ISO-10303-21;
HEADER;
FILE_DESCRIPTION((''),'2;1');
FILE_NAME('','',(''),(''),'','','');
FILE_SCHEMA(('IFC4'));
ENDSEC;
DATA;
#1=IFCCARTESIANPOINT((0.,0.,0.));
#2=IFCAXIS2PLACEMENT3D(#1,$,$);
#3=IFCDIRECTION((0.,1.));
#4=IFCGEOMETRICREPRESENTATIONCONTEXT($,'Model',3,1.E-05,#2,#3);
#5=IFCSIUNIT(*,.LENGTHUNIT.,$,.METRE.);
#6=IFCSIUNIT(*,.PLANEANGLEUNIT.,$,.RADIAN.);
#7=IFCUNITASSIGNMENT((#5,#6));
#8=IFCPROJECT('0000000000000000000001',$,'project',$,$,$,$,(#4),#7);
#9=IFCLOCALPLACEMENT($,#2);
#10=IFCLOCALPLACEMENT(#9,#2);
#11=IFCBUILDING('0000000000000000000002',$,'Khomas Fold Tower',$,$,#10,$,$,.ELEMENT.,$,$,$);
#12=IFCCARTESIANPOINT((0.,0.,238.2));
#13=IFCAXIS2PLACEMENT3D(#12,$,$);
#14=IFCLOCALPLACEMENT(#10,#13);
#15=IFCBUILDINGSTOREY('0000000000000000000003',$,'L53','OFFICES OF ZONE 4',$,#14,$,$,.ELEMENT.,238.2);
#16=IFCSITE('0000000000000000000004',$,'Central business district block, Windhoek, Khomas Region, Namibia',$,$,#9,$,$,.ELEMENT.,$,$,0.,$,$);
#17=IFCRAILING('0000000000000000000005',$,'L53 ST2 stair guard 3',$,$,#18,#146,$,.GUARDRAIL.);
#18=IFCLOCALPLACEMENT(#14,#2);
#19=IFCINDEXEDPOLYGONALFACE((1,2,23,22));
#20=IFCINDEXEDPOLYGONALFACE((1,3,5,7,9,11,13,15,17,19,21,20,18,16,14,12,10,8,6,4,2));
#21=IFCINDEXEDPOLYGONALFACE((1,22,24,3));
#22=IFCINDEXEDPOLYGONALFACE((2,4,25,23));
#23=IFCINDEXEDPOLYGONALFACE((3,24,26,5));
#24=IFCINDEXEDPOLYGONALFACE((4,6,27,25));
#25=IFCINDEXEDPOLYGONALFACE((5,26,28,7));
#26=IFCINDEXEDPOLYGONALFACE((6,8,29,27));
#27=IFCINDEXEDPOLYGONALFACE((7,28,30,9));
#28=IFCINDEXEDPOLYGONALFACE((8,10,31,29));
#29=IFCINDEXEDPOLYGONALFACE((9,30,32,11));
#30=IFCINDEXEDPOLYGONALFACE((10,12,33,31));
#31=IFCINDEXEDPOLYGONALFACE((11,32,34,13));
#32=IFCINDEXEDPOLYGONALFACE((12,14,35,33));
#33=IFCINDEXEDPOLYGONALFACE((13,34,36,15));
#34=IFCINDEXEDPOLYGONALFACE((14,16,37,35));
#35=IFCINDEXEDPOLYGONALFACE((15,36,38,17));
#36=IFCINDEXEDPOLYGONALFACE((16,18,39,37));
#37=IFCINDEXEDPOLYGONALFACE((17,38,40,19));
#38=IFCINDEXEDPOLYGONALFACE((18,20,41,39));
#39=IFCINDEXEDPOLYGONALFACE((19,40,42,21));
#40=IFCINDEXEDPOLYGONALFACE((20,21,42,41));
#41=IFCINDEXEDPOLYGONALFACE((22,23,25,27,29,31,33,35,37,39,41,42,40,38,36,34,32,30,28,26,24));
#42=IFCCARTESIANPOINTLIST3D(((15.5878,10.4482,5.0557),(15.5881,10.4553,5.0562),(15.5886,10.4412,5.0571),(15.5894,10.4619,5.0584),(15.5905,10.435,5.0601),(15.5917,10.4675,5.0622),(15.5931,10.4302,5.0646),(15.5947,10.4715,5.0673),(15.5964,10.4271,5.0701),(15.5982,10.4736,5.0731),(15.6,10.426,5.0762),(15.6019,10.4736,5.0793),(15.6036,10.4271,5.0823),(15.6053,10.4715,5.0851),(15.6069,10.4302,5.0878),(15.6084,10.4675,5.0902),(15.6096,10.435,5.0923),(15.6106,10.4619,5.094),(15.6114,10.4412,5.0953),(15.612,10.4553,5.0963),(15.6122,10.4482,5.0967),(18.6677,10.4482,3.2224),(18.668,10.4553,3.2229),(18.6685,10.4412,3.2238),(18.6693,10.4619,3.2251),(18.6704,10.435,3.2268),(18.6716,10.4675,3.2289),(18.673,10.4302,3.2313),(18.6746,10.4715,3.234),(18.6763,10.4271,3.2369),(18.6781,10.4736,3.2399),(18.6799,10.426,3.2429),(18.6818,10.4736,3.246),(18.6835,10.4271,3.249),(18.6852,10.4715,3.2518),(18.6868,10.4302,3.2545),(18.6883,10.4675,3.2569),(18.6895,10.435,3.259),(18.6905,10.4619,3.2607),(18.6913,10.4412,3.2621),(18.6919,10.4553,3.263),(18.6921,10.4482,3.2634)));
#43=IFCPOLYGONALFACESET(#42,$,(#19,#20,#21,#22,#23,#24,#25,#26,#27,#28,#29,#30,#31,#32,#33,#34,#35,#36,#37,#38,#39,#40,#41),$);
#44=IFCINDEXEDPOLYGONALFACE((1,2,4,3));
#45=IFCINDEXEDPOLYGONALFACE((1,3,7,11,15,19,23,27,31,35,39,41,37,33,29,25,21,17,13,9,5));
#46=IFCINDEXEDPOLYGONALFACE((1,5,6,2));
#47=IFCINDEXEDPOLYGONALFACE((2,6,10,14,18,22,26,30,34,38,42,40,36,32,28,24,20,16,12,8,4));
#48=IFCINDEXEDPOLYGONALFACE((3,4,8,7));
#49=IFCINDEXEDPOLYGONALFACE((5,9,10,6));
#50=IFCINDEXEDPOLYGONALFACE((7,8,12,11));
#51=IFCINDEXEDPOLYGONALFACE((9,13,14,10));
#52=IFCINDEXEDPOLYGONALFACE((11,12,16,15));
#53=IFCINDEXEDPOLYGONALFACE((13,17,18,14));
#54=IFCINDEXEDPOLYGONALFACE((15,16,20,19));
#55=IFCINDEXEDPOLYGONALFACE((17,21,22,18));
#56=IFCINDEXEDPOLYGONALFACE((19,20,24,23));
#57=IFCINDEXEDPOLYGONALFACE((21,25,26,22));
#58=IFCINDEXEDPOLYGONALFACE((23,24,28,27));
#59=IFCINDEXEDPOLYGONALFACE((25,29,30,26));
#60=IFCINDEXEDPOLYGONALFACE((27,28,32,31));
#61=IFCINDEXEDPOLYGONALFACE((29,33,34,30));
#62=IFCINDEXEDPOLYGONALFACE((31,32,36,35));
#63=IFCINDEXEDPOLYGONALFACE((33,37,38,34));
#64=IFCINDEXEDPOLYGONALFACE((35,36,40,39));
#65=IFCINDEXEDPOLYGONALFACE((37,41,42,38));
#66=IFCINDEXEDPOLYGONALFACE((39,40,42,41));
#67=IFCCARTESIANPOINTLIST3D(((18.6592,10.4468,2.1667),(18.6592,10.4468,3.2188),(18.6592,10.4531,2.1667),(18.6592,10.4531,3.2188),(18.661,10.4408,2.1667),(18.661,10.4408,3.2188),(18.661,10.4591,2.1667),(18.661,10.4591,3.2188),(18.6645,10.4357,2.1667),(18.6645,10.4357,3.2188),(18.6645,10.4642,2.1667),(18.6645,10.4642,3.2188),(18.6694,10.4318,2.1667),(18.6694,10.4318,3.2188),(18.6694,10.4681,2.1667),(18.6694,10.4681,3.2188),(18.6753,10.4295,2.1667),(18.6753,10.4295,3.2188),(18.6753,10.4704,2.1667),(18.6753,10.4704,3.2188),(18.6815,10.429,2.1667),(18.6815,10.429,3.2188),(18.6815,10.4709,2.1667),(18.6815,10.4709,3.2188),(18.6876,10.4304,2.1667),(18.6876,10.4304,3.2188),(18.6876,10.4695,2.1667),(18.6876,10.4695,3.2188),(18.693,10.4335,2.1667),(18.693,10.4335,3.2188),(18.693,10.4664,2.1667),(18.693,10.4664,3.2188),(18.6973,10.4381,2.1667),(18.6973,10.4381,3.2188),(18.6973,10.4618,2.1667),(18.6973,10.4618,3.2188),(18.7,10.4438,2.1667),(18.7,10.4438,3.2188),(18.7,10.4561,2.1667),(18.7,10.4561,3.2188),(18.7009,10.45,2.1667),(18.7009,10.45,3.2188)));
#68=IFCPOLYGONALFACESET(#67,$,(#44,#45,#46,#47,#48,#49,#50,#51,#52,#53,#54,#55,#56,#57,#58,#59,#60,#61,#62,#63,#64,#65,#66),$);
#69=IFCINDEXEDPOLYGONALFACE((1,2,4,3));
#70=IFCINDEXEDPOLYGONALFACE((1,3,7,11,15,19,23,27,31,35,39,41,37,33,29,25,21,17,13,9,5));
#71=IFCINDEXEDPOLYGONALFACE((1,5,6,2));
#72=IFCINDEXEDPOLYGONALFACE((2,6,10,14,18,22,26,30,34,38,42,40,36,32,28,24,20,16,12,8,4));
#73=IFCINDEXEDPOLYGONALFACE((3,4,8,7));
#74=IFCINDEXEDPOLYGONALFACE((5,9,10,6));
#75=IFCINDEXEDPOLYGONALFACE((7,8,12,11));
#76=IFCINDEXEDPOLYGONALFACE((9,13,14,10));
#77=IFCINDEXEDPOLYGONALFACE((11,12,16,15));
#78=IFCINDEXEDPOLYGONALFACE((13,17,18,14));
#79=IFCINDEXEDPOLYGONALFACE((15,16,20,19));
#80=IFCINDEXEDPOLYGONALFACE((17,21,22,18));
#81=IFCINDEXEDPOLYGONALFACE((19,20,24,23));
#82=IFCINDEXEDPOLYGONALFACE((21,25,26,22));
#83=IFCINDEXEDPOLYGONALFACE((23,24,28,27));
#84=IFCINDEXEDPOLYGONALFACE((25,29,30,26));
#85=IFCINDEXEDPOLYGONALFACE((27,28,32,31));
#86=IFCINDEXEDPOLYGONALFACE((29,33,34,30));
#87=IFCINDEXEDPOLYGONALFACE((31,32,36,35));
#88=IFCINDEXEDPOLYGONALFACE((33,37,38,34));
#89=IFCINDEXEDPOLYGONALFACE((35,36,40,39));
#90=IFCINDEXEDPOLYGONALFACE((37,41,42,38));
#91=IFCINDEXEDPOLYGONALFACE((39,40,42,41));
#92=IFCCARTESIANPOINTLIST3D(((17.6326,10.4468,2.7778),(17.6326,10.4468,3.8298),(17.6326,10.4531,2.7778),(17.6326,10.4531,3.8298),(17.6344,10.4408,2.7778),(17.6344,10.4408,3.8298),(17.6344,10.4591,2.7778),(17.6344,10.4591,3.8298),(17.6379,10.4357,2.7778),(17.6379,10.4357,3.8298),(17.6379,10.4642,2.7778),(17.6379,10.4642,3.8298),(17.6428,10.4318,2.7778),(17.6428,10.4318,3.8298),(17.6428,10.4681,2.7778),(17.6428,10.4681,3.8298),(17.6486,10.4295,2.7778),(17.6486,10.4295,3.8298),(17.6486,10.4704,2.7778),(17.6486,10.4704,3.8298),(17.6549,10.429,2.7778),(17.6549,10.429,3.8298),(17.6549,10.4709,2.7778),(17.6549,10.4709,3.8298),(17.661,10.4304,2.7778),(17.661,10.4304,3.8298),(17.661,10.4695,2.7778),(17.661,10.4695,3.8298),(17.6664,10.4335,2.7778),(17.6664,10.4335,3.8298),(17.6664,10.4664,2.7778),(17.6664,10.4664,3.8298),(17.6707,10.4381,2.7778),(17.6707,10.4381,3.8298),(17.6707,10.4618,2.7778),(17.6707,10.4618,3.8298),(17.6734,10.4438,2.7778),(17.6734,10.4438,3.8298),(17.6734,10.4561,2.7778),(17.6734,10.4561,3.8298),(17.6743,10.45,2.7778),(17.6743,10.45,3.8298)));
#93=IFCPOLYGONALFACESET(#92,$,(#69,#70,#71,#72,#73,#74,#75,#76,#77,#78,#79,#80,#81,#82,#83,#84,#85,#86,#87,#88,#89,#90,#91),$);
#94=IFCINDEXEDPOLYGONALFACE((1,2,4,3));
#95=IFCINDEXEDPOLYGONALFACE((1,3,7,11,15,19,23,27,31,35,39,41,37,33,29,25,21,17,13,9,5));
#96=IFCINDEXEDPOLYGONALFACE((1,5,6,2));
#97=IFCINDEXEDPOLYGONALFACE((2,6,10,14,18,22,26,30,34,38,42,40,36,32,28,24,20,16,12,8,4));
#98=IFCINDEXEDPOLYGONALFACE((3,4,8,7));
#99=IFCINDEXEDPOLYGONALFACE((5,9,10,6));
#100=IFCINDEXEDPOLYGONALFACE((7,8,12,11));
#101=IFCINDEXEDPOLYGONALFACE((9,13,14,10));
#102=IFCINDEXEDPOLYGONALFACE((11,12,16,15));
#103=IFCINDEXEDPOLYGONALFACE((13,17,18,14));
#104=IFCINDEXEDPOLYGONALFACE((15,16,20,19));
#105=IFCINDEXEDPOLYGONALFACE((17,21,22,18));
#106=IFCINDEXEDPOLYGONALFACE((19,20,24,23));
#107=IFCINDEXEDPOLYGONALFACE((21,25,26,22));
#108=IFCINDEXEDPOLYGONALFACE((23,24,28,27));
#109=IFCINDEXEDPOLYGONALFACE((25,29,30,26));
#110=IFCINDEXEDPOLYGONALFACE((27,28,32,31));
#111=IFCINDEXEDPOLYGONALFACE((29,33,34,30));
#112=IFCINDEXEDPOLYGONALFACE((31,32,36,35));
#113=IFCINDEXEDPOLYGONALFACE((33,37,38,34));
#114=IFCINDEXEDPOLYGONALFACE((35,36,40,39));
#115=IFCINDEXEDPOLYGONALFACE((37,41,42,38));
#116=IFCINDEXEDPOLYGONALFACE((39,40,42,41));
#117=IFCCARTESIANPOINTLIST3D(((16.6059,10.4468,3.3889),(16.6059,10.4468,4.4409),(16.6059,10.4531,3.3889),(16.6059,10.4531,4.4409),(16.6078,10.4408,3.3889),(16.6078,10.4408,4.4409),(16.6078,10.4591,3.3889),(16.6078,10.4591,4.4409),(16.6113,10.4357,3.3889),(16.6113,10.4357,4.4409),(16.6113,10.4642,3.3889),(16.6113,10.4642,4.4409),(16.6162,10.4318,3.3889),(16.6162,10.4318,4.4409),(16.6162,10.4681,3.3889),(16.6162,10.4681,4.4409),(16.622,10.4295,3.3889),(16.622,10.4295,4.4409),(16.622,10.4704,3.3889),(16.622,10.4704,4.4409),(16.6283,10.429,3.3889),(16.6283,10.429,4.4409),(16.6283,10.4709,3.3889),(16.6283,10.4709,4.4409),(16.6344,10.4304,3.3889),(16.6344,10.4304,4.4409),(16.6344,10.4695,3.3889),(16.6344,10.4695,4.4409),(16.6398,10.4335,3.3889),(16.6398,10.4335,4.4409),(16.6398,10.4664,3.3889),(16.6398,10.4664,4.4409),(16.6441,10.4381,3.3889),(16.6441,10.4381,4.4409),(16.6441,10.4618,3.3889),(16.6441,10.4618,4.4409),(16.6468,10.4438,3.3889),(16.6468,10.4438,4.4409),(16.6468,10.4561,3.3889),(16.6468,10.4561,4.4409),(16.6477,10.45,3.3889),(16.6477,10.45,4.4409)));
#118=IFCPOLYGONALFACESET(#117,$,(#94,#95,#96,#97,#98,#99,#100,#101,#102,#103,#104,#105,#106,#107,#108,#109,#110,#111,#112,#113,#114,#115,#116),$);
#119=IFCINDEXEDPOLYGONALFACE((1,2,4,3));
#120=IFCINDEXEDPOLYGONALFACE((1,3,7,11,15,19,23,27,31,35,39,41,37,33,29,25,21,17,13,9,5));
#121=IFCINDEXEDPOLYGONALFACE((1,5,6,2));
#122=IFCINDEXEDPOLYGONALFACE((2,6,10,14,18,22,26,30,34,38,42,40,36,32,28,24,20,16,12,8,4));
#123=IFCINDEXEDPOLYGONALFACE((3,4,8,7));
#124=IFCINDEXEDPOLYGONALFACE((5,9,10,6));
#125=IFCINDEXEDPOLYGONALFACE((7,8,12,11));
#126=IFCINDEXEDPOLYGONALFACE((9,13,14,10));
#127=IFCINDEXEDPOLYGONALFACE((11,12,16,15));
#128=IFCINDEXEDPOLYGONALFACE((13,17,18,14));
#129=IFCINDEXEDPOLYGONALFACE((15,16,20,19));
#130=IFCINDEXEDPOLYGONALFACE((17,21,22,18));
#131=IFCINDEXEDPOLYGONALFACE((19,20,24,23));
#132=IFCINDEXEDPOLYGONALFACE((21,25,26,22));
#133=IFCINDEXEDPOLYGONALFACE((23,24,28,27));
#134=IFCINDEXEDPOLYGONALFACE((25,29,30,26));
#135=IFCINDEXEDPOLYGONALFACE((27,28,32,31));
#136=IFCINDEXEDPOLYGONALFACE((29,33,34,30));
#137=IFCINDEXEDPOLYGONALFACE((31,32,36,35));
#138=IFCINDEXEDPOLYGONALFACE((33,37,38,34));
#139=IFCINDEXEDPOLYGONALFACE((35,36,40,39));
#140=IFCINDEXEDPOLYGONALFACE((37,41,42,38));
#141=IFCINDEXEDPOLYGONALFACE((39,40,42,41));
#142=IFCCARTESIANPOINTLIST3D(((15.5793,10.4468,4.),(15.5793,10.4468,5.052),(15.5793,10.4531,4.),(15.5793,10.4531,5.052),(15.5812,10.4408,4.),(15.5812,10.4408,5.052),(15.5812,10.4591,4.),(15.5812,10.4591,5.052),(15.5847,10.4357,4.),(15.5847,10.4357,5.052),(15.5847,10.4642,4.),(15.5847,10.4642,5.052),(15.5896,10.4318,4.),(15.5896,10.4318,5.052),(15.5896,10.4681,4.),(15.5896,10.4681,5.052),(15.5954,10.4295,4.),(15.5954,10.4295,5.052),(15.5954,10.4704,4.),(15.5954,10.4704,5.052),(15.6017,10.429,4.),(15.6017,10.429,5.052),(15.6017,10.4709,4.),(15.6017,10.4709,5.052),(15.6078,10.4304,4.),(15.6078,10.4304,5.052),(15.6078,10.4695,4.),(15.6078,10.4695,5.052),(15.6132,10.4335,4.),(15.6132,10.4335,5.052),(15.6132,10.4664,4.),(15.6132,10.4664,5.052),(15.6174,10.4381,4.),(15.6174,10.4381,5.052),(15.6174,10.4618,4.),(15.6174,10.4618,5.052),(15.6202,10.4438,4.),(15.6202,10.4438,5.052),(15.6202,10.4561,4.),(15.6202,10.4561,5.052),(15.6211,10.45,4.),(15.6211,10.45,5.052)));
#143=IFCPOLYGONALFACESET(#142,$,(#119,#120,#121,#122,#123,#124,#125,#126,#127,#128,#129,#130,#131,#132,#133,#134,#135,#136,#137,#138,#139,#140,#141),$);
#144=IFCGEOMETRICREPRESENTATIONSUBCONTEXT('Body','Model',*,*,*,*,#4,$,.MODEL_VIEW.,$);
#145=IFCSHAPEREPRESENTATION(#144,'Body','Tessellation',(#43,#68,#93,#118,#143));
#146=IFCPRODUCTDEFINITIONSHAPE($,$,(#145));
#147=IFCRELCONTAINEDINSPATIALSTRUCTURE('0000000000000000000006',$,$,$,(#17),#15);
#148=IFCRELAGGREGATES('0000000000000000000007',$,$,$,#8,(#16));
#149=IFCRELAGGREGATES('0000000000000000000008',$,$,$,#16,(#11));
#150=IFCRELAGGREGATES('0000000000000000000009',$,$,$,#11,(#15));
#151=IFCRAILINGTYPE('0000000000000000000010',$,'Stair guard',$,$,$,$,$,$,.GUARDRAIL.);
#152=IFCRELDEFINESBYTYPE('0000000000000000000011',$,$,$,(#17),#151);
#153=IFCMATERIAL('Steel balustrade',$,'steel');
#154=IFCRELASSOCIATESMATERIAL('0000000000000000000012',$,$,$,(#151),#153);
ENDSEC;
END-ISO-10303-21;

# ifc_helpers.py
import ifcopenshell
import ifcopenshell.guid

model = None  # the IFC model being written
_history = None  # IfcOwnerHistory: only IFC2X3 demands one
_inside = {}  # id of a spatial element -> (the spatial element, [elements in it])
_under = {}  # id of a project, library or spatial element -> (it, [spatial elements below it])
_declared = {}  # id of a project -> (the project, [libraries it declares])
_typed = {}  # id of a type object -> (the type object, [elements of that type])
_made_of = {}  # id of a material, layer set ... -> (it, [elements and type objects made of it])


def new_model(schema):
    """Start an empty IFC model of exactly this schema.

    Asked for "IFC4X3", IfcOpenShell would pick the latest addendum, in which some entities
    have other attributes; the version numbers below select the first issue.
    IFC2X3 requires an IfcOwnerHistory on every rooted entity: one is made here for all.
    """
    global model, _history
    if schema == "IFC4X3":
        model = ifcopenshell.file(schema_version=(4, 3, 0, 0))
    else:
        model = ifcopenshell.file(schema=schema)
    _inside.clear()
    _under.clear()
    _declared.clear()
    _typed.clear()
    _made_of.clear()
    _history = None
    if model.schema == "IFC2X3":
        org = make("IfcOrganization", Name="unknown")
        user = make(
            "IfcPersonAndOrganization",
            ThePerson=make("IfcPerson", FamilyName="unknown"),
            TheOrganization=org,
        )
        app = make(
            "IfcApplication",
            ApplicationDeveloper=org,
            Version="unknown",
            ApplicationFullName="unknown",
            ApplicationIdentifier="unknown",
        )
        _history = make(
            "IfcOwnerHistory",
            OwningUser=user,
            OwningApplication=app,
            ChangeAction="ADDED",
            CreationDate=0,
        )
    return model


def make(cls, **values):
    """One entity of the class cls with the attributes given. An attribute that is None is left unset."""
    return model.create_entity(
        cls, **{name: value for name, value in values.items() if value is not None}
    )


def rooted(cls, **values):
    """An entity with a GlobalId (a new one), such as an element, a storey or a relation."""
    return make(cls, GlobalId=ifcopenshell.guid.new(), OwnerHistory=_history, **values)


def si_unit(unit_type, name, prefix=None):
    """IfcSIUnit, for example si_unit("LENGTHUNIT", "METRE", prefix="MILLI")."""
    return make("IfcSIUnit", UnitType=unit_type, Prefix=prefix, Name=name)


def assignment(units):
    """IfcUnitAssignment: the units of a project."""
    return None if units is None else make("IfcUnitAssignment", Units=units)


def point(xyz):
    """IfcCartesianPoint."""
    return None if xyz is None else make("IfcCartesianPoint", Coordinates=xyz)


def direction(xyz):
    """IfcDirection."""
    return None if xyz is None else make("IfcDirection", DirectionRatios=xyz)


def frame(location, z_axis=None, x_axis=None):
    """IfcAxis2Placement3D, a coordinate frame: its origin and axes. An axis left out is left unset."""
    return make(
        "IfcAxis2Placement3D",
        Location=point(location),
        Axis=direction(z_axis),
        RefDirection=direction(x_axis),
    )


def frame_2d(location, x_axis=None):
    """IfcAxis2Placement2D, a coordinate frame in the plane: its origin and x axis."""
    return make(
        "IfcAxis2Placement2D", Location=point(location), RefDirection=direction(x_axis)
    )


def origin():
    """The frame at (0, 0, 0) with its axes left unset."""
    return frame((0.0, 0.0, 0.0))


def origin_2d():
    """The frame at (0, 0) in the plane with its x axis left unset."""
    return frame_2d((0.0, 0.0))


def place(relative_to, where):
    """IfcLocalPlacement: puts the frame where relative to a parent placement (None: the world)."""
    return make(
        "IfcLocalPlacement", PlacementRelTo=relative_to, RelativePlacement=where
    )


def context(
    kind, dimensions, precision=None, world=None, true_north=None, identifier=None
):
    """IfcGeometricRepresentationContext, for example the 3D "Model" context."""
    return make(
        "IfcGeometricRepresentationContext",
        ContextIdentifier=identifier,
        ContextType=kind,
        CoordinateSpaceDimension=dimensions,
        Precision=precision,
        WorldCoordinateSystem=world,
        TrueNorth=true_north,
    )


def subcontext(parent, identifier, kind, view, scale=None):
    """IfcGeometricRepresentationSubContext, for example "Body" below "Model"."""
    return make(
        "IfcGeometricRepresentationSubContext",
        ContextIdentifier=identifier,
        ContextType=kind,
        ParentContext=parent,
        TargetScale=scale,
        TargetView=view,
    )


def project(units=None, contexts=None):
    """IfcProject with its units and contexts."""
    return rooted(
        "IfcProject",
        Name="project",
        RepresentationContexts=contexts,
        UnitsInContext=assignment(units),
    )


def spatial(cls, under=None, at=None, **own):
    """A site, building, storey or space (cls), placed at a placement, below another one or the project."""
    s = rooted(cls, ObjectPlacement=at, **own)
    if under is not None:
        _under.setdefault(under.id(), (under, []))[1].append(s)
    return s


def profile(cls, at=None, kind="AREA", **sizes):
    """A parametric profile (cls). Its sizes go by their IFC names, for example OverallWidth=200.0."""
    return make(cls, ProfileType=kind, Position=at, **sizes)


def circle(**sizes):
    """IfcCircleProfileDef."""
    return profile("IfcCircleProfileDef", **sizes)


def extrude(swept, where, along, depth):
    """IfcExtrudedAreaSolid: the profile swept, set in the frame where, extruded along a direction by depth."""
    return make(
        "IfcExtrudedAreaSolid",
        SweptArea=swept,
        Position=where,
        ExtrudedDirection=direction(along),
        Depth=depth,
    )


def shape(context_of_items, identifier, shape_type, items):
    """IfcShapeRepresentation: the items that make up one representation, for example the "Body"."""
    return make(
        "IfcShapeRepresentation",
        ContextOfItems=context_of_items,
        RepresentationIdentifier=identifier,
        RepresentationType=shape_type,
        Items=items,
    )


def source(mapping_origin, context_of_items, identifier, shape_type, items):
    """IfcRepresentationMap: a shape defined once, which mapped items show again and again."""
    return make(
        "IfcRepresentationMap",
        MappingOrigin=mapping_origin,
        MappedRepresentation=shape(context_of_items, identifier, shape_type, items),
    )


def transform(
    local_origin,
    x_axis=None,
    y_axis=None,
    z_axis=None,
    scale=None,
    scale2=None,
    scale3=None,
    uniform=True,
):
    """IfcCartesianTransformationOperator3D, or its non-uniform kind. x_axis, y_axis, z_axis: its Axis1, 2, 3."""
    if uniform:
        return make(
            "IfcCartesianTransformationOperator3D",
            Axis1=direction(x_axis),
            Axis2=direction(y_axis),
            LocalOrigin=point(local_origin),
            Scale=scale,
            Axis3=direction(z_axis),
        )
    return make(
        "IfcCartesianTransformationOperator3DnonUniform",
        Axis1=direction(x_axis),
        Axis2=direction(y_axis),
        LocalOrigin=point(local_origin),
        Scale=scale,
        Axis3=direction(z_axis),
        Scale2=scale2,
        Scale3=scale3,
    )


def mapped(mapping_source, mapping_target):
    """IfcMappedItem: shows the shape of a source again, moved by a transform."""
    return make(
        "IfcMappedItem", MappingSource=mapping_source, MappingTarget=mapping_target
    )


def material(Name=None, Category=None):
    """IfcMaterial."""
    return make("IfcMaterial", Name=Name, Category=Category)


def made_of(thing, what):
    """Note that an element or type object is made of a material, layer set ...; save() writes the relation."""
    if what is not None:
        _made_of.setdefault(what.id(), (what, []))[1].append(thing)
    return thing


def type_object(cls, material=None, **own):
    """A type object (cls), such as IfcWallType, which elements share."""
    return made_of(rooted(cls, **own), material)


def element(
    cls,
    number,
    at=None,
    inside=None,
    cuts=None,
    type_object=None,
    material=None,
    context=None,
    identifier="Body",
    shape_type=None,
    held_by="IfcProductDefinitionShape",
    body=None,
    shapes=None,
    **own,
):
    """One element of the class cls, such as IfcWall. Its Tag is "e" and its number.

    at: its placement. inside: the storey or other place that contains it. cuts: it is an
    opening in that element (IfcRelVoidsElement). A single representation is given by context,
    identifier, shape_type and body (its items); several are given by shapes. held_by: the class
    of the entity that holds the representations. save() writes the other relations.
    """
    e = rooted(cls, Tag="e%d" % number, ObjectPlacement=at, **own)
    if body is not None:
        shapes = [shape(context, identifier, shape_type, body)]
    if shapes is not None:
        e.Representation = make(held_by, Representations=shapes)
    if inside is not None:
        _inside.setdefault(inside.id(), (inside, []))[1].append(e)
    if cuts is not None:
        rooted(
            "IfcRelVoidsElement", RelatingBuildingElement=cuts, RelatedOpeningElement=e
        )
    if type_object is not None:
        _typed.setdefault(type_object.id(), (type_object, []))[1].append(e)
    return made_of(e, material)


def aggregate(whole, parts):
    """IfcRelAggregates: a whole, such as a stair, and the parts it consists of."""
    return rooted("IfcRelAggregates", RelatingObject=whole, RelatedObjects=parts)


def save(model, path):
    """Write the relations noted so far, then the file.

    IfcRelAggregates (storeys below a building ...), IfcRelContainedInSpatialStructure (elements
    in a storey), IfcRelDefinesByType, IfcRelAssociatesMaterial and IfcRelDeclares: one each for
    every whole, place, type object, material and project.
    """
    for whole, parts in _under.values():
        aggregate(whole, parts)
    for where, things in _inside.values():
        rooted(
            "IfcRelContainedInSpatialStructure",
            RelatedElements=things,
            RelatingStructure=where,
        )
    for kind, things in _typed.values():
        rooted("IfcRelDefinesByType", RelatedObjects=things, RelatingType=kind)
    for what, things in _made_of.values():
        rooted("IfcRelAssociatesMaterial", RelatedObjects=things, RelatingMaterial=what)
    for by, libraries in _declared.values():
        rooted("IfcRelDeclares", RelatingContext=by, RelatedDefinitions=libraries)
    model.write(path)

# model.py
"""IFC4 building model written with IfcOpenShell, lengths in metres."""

from ifc_helpers import new_model, si_unit, direction, frame, origin, origin_2d, place, context, subcontext, project, spatial, circle, extrude, source, transform, mapped, material, type_object, element, save


model = new_model("IFC4")

# Units and contexts
model_context = context("Model", 3, precision=1e-05, world=origin(), true_north=direction((0.0, 1.0)))
body_context = subcontext(model_context, "Body", "Model", "MODEL_VIEW")
ifc_project = project(units=[si_unit("LENGTHUNIT", "METRE"), si_unit("PLANEANGLEUNIT", "RADIAN")], contexts=[model_context])

# Site, building, storey
site_placement = place(None, origin())
site = spatial("IfcSite", under=ifc_project, at=site_placement, Name="Central business district block, Windhoek, Khomas Region, Namibia", CompositionType="ELEMENT", RefElevation=0.0)
building_placement = place(site_placement, origin())
building = spatial("IfcBuilding", under=site, at=building_placement, Name="Khomas Fold Tower", CompositionType="ELEMENT")
storey_placement = place(building_placement, frame((0.0, 0.0, 238.2)))
storey = spatial("IfcBuildingStorey", under=building, at=storey_placement, Name="L53", Description="OFFICES OF ZONE 4", CompositionType="ELEMENT", Elevation=238.2)

# Railing
ifc_material_1 = material(Name="Steel balustrade", Category="steel")
railing_type_1 = type_object("IfcRailingType", Name="Stair guard", PredefinedType="GUARDRAIL", material=ifc_material_1)
shared_shape_1 = source(origin(), body_context, "Body", "SweptSolid", [
    extrude(circle(Radius=0.0239, at=origin_2d()), frame((0.0, 0.0, 1.0762), z_axis=(-0.859291, 0.0, 0.511487), x_axis=(0.0, -1.0, 0.0)), (0.0, 0.0, 1.0), 3.5842),
    extrude(circle(Radius=0.021, at=origin_2d()), origin(), (0.0, 0.0, 1.0), 1.052),
    extrude(circle(Radius=0.021, at=origin_2d()), frame((-1.0266, 0.0, 0.6111)), (0.0, 0.0, 1.0), 1.052),
    extrude(circle(Radius=0.021, at=origin_2d()), frame((-2.0532, 0.0, 1.2222)), (0.0, 0.0, 1.0), 1.052),
    extrude(circle(Radius=0.021, at=origin_2d()), frame((-3.0798, 0.0, 1.8333)), (0.0, 0.0, 1.0), 1.052),
])
railing_1_placement = place(storey_placement, frame((18.6799, 10.45, 2.1667)))
element("IfcRailing", 1, at=railing_1_placement, inside=storey, type_object=railing_type_1, Name="L53 ST2 stair guard 3", PredefinedType="GUARDRAIL", context=body_context, shape_type="MappedRepresentation", body=[
    mapped(shared_shape_1, transform((0.0, 0.0, 0.0))),
])

save(model, "model.ifc")
